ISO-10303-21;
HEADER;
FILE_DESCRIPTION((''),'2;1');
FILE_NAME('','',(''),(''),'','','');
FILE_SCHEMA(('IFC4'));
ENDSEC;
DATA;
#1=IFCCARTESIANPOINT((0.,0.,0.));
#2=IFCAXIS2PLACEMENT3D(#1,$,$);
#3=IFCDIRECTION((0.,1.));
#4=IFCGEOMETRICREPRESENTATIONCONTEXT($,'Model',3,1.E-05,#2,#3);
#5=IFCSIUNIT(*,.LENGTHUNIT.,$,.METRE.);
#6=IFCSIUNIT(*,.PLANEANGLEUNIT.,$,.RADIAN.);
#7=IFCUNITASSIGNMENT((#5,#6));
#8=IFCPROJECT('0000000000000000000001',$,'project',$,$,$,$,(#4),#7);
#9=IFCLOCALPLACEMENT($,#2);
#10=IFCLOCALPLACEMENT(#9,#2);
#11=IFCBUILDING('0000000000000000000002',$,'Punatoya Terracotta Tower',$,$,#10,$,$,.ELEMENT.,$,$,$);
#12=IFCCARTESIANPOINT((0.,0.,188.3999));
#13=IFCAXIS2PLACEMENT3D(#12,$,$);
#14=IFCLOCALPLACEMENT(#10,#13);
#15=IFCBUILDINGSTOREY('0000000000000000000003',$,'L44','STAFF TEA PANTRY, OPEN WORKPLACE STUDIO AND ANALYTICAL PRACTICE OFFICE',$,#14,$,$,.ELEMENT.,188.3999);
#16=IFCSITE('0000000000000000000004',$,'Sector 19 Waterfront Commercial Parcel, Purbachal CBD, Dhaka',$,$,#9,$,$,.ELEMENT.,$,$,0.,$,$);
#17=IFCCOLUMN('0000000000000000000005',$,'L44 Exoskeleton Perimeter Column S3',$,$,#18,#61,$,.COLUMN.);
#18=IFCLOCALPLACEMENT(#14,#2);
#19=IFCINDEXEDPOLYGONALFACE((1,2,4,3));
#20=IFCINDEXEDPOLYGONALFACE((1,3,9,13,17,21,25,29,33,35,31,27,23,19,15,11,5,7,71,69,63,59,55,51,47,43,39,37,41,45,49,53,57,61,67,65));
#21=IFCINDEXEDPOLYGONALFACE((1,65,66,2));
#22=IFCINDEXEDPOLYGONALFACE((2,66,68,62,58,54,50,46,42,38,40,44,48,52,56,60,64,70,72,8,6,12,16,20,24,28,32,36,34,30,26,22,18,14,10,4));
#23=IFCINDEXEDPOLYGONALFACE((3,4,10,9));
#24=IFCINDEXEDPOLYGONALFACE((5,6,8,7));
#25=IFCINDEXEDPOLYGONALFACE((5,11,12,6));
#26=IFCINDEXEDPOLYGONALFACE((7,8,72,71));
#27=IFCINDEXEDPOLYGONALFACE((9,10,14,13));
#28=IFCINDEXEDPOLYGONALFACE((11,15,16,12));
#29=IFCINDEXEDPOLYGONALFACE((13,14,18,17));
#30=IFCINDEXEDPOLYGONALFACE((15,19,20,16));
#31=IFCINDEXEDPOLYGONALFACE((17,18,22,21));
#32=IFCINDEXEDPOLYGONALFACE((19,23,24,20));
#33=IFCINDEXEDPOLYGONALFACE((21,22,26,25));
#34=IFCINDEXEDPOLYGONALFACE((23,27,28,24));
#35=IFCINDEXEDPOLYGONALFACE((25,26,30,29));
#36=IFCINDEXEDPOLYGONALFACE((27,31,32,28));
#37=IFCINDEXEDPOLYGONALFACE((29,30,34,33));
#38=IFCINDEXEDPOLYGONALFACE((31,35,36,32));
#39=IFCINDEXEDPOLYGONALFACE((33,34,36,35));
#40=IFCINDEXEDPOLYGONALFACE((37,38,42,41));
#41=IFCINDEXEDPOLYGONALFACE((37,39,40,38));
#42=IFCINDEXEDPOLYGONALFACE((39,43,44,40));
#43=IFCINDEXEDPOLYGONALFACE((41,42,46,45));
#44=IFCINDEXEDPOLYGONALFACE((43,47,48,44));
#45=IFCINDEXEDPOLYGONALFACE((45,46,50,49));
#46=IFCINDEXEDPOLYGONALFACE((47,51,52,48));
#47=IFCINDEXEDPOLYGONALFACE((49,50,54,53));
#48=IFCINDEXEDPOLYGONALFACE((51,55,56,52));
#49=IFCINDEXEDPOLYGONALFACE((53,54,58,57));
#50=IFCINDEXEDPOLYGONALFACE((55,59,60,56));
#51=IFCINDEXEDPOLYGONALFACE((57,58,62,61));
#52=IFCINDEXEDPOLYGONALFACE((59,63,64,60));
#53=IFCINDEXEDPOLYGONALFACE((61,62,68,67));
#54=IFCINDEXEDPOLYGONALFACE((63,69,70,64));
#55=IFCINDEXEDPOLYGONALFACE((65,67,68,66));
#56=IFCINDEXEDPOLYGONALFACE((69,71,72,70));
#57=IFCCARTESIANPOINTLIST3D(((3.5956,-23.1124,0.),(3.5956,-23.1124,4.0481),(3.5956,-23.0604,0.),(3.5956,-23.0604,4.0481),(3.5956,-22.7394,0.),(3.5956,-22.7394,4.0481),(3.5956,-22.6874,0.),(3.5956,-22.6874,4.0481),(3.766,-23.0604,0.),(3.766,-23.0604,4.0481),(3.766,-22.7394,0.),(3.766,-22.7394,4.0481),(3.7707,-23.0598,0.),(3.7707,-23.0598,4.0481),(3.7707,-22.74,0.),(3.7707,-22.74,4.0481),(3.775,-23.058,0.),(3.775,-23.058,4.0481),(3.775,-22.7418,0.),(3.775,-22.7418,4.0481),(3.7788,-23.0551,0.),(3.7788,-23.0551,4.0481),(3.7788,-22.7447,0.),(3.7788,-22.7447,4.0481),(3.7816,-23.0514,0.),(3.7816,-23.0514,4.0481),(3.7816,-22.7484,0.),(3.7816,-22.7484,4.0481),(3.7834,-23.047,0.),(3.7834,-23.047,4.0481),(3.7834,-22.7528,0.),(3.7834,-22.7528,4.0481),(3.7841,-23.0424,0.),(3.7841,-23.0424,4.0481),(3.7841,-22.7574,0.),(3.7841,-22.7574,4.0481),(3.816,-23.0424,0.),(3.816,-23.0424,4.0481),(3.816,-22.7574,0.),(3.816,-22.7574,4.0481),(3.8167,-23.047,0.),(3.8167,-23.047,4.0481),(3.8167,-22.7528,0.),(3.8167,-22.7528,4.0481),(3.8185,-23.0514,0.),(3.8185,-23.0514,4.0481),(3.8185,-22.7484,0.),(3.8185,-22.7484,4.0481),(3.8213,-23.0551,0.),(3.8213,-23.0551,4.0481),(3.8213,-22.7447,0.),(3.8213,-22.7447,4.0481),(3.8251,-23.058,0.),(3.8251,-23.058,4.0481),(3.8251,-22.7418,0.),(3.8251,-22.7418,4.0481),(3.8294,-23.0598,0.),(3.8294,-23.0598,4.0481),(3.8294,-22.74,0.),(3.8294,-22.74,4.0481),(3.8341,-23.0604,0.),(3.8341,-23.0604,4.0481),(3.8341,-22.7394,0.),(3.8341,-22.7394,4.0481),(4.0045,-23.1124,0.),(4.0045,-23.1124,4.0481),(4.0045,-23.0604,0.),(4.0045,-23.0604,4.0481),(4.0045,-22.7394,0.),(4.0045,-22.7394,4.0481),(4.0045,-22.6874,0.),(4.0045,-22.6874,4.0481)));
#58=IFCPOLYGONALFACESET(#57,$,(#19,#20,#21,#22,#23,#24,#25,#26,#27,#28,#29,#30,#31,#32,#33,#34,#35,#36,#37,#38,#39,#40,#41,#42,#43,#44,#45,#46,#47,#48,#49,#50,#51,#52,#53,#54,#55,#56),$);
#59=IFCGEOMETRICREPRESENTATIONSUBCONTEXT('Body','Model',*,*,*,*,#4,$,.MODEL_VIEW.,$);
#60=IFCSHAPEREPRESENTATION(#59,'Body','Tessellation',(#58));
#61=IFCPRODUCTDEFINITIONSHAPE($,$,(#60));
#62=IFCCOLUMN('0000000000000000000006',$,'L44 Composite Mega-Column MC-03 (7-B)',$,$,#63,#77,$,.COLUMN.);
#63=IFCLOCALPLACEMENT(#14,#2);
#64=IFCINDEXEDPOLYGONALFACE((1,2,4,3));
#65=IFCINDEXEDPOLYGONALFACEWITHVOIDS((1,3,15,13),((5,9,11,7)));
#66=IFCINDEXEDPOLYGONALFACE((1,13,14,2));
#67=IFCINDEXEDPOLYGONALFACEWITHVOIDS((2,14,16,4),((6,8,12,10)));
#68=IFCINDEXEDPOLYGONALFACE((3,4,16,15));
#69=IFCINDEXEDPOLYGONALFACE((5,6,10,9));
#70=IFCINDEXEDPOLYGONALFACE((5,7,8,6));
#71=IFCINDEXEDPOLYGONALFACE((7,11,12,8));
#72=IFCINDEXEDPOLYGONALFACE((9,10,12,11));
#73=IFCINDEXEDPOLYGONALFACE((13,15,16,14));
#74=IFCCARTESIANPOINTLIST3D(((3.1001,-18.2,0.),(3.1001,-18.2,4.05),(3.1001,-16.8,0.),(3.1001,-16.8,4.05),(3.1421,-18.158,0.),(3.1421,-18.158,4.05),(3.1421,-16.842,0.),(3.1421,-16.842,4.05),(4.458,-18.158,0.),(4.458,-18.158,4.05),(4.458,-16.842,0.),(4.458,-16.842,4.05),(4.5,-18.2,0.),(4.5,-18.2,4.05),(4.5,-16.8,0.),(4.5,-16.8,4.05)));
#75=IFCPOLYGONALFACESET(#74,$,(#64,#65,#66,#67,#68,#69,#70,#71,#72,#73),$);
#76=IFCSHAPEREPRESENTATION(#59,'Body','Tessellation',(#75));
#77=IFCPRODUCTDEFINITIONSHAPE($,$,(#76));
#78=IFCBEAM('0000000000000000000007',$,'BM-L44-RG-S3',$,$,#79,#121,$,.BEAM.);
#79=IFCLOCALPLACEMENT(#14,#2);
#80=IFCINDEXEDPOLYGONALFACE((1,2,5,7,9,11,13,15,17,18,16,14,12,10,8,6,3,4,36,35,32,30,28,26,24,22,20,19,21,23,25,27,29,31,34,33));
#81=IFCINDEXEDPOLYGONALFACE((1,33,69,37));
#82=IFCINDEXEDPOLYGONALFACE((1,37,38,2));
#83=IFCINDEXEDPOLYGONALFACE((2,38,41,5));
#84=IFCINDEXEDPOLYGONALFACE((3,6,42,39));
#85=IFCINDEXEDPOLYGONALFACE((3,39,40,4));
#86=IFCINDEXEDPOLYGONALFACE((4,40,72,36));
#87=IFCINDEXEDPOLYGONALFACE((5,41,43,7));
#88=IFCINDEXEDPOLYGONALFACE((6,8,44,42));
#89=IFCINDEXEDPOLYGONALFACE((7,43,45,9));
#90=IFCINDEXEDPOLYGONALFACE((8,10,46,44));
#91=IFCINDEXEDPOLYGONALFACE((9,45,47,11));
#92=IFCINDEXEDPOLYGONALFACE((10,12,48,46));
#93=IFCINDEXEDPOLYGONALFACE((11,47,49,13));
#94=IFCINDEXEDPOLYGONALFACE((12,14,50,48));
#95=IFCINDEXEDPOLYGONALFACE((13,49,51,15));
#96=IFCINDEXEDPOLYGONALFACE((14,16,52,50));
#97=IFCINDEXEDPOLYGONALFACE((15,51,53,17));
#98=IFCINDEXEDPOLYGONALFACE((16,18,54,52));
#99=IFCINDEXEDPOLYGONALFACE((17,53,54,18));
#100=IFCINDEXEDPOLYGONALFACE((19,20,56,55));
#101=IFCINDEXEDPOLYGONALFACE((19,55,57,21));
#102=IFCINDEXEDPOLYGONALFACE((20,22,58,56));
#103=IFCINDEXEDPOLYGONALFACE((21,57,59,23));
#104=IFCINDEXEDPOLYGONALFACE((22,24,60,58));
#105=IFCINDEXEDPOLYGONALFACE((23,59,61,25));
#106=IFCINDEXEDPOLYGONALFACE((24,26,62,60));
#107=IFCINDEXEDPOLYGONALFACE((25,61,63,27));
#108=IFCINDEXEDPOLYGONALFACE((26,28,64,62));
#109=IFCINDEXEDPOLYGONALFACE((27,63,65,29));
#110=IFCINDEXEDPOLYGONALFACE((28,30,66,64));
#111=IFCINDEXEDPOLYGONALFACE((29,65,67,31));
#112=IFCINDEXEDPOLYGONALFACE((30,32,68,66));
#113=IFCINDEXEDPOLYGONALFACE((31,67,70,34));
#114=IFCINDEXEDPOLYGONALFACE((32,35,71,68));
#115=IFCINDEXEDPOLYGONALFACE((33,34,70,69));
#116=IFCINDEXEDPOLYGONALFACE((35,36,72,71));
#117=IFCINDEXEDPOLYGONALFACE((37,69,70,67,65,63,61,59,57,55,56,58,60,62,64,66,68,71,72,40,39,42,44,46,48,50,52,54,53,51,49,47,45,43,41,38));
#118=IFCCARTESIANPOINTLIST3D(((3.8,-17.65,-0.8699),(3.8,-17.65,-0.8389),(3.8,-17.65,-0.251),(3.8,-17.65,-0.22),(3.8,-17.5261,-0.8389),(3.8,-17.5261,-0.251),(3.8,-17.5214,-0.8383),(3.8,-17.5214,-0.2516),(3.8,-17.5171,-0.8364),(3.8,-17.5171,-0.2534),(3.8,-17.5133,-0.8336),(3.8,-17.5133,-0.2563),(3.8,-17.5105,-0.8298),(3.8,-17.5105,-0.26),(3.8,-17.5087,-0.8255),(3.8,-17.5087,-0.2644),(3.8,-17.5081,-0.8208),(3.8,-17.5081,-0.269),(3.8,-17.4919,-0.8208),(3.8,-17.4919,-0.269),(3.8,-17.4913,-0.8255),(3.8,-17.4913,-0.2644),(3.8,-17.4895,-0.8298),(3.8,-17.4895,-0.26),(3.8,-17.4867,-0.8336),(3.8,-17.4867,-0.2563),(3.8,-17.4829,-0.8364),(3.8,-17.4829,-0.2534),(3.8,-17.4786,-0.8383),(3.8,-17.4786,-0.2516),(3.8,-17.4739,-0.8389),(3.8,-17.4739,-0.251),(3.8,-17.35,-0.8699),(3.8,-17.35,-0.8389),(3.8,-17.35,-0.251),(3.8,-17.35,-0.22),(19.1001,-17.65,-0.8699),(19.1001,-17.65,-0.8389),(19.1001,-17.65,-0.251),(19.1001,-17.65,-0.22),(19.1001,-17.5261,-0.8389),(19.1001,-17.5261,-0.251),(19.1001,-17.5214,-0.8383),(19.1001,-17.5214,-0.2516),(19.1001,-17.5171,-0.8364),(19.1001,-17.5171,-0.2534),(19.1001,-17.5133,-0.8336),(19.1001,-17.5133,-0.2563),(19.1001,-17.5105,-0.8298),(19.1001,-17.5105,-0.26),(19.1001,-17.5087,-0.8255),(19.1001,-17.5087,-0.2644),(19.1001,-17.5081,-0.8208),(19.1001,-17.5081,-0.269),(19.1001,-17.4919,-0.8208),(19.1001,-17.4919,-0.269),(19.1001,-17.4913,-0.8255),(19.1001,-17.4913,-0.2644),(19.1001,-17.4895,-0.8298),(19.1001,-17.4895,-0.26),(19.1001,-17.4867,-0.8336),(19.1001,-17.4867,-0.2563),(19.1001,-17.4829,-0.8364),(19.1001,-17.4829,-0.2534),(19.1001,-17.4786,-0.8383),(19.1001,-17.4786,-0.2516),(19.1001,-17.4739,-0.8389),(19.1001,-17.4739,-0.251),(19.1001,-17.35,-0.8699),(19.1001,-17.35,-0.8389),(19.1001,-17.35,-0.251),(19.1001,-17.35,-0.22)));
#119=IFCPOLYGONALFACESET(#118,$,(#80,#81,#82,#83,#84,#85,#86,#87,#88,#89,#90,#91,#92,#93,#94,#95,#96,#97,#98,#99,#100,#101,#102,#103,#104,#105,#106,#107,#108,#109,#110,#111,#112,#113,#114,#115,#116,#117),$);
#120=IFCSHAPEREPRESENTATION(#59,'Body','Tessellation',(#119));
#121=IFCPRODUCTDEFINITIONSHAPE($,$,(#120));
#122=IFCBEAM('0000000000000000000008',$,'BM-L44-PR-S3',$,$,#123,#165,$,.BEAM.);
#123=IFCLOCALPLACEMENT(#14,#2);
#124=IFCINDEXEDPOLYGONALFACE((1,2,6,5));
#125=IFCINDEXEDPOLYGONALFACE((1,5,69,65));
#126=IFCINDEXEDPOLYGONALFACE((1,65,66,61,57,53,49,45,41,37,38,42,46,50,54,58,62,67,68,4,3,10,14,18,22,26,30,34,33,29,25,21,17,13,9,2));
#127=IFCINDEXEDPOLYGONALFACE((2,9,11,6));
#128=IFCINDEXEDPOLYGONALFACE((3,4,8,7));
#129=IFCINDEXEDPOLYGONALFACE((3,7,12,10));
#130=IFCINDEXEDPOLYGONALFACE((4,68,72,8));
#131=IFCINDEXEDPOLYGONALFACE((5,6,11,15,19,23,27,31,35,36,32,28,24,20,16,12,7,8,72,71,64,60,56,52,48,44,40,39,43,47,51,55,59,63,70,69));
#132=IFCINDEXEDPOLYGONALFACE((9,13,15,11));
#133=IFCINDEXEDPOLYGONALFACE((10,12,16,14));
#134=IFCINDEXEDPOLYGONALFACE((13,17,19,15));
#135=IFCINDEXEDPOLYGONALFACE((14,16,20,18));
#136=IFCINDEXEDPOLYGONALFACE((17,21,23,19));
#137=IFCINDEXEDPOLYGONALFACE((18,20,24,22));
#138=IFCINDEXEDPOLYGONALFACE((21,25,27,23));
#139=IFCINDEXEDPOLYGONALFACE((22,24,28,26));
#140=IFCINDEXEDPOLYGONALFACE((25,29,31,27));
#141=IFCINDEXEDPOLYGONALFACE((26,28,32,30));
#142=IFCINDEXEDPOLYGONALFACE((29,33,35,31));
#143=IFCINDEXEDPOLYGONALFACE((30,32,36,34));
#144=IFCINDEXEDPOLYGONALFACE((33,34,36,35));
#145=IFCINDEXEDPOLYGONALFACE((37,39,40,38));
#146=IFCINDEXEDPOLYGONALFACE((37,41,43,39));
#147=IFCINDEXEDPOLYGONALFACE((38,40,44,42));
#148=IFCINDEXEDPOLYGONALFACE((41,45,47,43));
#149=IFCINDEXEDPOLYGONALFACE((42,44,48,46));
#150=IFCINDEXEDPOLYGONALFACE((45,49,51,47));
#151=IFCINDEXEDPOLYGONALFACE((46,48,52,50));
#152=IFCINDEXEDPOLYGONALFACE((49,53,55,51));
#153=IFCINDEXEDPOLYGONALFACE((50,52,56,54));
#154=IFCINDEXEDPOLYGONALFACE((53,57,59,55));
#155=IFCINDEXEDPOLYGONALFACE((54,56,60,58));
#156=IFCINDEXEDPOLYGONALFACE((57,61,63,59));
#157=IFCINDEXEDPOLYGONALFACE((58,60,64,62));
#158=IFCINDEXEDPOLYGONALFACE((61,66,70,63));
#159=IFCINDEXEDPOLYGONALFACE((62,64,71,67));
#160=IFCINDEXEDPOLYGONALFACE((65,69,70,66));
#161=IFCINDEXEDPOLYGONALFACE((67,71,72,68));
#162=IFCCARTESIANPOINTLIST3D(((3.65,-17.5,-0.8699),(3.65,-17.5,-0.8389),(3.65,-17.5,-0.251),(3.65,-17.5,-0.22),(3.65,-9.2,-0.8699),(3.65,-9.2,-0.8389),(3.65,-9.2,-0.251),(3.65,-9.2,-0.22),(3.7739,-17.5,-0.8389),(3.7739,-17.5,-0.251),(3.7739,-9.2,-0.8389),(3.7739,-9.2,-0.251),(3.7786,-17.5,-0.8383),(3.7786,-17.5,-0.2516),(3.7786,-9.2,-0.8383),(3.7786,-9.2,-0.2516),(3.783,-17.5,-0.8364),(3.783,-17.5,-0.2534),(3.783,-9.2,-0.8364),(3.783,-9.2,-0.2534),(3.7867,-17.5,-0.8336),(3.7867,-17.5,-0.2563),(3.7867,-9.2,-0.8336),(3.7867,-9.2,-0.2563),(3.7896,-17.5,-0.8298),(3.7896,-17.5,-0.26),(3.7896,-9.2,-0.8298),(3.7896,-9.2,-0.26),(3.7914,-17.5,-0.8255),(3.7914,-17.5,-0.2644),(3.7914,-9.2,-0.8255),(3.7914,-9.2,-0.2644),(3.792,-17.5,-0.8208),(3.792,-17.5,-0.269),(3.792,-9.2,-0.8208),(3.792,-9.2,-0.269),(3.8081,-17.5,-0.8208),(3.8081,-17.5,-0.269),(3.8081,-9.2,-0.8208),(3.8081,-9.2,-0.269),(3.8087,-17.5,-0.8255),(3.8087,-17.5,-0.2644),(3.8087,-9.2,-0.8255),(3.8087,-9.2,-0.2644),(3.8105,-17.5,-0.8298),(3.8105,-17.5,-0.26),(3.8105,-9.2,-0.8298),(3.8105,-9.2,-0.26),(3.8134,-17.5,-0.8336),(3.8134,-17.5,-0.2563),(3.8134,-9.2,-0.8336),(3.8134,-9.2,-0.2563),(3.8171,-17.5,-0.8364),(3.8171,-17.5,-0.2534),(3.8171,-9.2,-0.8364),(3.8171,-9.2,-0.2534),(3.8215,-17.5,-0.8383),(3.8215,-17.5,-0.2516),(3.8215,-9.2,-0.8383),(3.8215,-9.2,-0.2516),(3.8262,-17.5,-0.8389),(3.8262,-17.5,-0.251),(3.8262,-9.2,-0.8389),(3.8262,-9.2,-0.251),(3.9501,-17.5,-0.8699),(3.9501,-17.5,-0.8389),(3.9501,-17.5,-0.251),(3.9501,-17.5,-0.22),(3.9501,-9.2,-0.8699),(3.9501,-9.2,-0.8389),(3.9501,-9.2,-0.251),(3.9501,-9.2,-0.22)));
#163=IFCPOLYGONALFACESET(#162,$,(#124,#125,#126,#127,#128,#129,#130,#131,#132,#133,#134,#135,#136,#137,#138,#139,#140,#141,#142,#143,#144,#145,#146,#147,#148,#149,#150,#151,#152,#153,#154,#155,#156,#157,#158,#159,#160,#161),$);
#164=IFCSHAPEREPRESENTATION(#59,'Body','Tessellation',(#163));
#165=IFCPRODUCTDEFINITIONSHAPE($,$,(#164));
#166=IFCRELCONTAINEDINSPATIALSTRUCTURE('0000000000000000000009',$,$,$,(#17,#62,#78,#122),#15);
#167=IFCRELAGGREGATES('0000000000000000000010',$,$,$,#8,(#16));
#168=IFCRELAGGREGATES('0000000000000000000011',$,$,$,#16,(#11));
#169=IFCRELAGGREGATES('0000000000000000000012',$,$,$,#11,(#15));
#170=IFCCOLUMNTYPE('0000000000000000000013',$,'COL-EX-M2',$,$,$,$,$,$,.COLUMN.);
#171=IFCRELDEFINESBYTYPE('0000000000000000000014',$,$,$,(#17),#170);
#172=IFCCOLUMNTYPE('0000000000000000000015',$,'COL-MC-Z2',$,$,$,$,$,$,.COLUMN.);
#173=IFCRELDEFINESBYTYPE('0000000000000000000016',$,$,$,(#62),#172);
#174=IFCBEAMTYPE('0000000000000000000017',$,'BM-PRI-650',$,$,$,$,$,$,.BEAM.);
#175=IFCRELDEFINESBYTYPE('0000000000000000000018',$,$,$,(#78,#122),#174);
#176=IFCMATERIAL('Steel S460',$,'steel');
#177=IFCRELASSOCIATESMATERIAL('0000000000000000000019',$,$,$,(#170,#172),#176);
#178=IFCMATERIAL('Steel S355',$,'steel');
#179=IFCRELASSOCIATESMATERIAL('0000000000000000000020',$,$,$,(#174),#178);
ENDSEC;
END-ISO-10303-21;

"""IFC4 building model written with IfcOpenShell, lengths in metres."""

from ifc_helpers import new_model, si_unit, direction, frame, origin, origin_2d, place, context, subcontext, project, spatial, hollow_rectangle, i_section, extrude, material, material_profile, profile_set, type_object, element, save


model = new_model("IFC4")

# Units and contexts
model_context = context("Model", 3, precision=1e-05, world=origin(), true_north=direction((0.0, 1.0)))
body_context = subcontext(model_context, "Body", "Model", "MODEL_VIEW")
ifc_project = project(units=[si_unit("LENGTHUNIT", "METRE"), si_unit("PLANEANGLEUNIT", "RADIAN")], contexts=[model_context])

# Site, building, storey
site_placement = place(None, origin())
site = spatial("IfcSite", under=ifc_project, at=site_placement, Name="Sector 19 Waterfront Commercial Parcel, Purbachal CBD, Dhaka", CompositionType="ELEMENT", RefElevation=0.0)
building_placement = place(site_placement, origin())
building = spatial("IfcBuilding", under=site, at=building_placement, Name="Punatoya Terracotta Tower", CompositionType="ELEMENT")
storey_placement = place(building_placement, frame((0.0, 0.0, 188.3999)))
storey = spatial("IfcBuildingStorey", under=building, at=storey_placement, Name="L44", Description="STAFF TEA PANTRY, OPEN WORKPLACE STUDIO AND ANALYTICAL PRACTICE OFFICE", CompositionType="ELEMENT", Elevation=188.3999)

# Columns
ifc_material_1 = material(Name="Steel S460", Category="steel")
ifc_material_profile_1 = material_profile(ifc_material_1, i_section(OverallWidth=0.4089, OverallDepth=0.425, WebThickness=0.032, FlangeThickness=0.052, FilletRadius=0.0181, at=origin_2d()))
ifc_profile_set_1 = profile_set([ifc_material_profile_1], Name="Steel S460")
column_type_1 = type_object("IfcColumnType", Name="COL-EX-M2", PredefinedType="COLUMN", material=ifc_profile_set_1)
column_1_placement = place(storey_placement, frame((3.8, -22.8999, 0.0), z_axis=(0.0, 0.0, 1.0), x_axis=(1.0, 0.0, 0.0)))
element("IfcColumn", 1, at=column_1_placement, inside=storey, type_object=column_type_1, Name="L44 Exoskeleton Perimeter Column S3", PredefinedType="COLUMN", context=body_context, shape_type="SweptSolid", body=[
    extrude(i_section(OverallWidth=0.4089, OverallDepth=0.425, WebThickness=0.032, FlangeThickness=0.052, FilletRadius=0.0181, at=origin_2d()), origin(), (0.0, 0.0, 1.0), 4.0481),
])
ifc_material_profile_2 = material_profile(ifc_material_1, hollow_rectangle(XDim=1.3999, YDim=1.3999, WallThickness=0.042, at=origin_2d()))
ifc_profile_set_2 = profile_set([ifc_material_profile_2], Name="Steel S460")
column_type_2 = type_object("IfcColumnType", Name="COL-MC-Z2", PredefinedType="COLUMN", material=ifc_profile_set_2)
column_2_placement = place(storey_placement, frame((3.8, -17.5, 0.0), z_axis=(0.0, 0.0, 1.0), x_axis=(1.0, 0.0, 0.0)))
element("IfcColumn", 2, at=column_2_placement, inside=storey, type_object=column_type_2, Name="L44 Composite Mega-Column MC-03 (7-B)", PredefinedType="COLUMN", context=body_context, shape_type="SweptSolid", body=[
    extrude(hollow_rectangle(XDim=1.3999, YDim=1.3999, WallThickness=0.042, at=origin_2d()), origin(), (0.0, 0.0, 1.0), 4.05),
])

# Beams
ifc_material_2 = material(Name="Steel S355", Category="steel")
ifc_material_profile_3 = material_profile(ifc_material_2, i_section(OverallWidth=0.3, OverallDepth=0.6499, WebThickness=0.0161, FlangeThickness=0.031, FilletRadius=0.0181, at=origin_2d()))
ifc_profile_set_3 = profile_set([ifc_material_profile_3], Name="Steel S355")
beam_type_1 = type_object("IfcBeamType", Name="BM-PRI-650", PredefinedType="BEAM", material=ifc_profile_set_3)
beam_1_placement = place(storey_placement, frame((3.8, -17.5, -0.5449), z_axis=(1.0, 0.0, 0.0), x_axis=(0.0, 1.0, 0.0)))
element("IfcBeam", 3, at=beam_1_placement, inside=storey, type_object=beam_type_1, Name="BM-L44-RG-S3", PredefinedType="BEAM", context=body_context, shape_type="SweptSolid", body=[
    extrude(i_section(OverallWidth=0.3, OverallDepth=0.6499, WebThickness=0.0161, FlangeThickness=0.031, FilletRadius=0.0181, at=origin_2d()), origin(), (0.0, 0.0, 1.0), 15.3),
])
for number, where, z_axis, x_axis, name in (
    (4, (3.8, -17.5, -0.5449), (0.0, 1.0, 0.0), (-1.0, 0.0, 0.0), "BM-L44-PR-S3"),
):
    element("IfcBeam", number, at=place(storey_placement, frame(where, z_axis=z_axis, x_axis=x_axis)), inside=storey, type_object=beam_type_1, Name=name, PredefinedType="BEAM", context=body_context, shape_type="SweptSolid", body=[
        extrude(i_section(OverallWidth=0.3, OverallDepth=0.6499, WebThickness=0.0161, FlangeThickness=0.031, FilletRadius=0.0181, at=origin_2d()), origin(), (0.0, 0.0, 1.0), 8.3),
    ])

save(model, "model.ifc")
